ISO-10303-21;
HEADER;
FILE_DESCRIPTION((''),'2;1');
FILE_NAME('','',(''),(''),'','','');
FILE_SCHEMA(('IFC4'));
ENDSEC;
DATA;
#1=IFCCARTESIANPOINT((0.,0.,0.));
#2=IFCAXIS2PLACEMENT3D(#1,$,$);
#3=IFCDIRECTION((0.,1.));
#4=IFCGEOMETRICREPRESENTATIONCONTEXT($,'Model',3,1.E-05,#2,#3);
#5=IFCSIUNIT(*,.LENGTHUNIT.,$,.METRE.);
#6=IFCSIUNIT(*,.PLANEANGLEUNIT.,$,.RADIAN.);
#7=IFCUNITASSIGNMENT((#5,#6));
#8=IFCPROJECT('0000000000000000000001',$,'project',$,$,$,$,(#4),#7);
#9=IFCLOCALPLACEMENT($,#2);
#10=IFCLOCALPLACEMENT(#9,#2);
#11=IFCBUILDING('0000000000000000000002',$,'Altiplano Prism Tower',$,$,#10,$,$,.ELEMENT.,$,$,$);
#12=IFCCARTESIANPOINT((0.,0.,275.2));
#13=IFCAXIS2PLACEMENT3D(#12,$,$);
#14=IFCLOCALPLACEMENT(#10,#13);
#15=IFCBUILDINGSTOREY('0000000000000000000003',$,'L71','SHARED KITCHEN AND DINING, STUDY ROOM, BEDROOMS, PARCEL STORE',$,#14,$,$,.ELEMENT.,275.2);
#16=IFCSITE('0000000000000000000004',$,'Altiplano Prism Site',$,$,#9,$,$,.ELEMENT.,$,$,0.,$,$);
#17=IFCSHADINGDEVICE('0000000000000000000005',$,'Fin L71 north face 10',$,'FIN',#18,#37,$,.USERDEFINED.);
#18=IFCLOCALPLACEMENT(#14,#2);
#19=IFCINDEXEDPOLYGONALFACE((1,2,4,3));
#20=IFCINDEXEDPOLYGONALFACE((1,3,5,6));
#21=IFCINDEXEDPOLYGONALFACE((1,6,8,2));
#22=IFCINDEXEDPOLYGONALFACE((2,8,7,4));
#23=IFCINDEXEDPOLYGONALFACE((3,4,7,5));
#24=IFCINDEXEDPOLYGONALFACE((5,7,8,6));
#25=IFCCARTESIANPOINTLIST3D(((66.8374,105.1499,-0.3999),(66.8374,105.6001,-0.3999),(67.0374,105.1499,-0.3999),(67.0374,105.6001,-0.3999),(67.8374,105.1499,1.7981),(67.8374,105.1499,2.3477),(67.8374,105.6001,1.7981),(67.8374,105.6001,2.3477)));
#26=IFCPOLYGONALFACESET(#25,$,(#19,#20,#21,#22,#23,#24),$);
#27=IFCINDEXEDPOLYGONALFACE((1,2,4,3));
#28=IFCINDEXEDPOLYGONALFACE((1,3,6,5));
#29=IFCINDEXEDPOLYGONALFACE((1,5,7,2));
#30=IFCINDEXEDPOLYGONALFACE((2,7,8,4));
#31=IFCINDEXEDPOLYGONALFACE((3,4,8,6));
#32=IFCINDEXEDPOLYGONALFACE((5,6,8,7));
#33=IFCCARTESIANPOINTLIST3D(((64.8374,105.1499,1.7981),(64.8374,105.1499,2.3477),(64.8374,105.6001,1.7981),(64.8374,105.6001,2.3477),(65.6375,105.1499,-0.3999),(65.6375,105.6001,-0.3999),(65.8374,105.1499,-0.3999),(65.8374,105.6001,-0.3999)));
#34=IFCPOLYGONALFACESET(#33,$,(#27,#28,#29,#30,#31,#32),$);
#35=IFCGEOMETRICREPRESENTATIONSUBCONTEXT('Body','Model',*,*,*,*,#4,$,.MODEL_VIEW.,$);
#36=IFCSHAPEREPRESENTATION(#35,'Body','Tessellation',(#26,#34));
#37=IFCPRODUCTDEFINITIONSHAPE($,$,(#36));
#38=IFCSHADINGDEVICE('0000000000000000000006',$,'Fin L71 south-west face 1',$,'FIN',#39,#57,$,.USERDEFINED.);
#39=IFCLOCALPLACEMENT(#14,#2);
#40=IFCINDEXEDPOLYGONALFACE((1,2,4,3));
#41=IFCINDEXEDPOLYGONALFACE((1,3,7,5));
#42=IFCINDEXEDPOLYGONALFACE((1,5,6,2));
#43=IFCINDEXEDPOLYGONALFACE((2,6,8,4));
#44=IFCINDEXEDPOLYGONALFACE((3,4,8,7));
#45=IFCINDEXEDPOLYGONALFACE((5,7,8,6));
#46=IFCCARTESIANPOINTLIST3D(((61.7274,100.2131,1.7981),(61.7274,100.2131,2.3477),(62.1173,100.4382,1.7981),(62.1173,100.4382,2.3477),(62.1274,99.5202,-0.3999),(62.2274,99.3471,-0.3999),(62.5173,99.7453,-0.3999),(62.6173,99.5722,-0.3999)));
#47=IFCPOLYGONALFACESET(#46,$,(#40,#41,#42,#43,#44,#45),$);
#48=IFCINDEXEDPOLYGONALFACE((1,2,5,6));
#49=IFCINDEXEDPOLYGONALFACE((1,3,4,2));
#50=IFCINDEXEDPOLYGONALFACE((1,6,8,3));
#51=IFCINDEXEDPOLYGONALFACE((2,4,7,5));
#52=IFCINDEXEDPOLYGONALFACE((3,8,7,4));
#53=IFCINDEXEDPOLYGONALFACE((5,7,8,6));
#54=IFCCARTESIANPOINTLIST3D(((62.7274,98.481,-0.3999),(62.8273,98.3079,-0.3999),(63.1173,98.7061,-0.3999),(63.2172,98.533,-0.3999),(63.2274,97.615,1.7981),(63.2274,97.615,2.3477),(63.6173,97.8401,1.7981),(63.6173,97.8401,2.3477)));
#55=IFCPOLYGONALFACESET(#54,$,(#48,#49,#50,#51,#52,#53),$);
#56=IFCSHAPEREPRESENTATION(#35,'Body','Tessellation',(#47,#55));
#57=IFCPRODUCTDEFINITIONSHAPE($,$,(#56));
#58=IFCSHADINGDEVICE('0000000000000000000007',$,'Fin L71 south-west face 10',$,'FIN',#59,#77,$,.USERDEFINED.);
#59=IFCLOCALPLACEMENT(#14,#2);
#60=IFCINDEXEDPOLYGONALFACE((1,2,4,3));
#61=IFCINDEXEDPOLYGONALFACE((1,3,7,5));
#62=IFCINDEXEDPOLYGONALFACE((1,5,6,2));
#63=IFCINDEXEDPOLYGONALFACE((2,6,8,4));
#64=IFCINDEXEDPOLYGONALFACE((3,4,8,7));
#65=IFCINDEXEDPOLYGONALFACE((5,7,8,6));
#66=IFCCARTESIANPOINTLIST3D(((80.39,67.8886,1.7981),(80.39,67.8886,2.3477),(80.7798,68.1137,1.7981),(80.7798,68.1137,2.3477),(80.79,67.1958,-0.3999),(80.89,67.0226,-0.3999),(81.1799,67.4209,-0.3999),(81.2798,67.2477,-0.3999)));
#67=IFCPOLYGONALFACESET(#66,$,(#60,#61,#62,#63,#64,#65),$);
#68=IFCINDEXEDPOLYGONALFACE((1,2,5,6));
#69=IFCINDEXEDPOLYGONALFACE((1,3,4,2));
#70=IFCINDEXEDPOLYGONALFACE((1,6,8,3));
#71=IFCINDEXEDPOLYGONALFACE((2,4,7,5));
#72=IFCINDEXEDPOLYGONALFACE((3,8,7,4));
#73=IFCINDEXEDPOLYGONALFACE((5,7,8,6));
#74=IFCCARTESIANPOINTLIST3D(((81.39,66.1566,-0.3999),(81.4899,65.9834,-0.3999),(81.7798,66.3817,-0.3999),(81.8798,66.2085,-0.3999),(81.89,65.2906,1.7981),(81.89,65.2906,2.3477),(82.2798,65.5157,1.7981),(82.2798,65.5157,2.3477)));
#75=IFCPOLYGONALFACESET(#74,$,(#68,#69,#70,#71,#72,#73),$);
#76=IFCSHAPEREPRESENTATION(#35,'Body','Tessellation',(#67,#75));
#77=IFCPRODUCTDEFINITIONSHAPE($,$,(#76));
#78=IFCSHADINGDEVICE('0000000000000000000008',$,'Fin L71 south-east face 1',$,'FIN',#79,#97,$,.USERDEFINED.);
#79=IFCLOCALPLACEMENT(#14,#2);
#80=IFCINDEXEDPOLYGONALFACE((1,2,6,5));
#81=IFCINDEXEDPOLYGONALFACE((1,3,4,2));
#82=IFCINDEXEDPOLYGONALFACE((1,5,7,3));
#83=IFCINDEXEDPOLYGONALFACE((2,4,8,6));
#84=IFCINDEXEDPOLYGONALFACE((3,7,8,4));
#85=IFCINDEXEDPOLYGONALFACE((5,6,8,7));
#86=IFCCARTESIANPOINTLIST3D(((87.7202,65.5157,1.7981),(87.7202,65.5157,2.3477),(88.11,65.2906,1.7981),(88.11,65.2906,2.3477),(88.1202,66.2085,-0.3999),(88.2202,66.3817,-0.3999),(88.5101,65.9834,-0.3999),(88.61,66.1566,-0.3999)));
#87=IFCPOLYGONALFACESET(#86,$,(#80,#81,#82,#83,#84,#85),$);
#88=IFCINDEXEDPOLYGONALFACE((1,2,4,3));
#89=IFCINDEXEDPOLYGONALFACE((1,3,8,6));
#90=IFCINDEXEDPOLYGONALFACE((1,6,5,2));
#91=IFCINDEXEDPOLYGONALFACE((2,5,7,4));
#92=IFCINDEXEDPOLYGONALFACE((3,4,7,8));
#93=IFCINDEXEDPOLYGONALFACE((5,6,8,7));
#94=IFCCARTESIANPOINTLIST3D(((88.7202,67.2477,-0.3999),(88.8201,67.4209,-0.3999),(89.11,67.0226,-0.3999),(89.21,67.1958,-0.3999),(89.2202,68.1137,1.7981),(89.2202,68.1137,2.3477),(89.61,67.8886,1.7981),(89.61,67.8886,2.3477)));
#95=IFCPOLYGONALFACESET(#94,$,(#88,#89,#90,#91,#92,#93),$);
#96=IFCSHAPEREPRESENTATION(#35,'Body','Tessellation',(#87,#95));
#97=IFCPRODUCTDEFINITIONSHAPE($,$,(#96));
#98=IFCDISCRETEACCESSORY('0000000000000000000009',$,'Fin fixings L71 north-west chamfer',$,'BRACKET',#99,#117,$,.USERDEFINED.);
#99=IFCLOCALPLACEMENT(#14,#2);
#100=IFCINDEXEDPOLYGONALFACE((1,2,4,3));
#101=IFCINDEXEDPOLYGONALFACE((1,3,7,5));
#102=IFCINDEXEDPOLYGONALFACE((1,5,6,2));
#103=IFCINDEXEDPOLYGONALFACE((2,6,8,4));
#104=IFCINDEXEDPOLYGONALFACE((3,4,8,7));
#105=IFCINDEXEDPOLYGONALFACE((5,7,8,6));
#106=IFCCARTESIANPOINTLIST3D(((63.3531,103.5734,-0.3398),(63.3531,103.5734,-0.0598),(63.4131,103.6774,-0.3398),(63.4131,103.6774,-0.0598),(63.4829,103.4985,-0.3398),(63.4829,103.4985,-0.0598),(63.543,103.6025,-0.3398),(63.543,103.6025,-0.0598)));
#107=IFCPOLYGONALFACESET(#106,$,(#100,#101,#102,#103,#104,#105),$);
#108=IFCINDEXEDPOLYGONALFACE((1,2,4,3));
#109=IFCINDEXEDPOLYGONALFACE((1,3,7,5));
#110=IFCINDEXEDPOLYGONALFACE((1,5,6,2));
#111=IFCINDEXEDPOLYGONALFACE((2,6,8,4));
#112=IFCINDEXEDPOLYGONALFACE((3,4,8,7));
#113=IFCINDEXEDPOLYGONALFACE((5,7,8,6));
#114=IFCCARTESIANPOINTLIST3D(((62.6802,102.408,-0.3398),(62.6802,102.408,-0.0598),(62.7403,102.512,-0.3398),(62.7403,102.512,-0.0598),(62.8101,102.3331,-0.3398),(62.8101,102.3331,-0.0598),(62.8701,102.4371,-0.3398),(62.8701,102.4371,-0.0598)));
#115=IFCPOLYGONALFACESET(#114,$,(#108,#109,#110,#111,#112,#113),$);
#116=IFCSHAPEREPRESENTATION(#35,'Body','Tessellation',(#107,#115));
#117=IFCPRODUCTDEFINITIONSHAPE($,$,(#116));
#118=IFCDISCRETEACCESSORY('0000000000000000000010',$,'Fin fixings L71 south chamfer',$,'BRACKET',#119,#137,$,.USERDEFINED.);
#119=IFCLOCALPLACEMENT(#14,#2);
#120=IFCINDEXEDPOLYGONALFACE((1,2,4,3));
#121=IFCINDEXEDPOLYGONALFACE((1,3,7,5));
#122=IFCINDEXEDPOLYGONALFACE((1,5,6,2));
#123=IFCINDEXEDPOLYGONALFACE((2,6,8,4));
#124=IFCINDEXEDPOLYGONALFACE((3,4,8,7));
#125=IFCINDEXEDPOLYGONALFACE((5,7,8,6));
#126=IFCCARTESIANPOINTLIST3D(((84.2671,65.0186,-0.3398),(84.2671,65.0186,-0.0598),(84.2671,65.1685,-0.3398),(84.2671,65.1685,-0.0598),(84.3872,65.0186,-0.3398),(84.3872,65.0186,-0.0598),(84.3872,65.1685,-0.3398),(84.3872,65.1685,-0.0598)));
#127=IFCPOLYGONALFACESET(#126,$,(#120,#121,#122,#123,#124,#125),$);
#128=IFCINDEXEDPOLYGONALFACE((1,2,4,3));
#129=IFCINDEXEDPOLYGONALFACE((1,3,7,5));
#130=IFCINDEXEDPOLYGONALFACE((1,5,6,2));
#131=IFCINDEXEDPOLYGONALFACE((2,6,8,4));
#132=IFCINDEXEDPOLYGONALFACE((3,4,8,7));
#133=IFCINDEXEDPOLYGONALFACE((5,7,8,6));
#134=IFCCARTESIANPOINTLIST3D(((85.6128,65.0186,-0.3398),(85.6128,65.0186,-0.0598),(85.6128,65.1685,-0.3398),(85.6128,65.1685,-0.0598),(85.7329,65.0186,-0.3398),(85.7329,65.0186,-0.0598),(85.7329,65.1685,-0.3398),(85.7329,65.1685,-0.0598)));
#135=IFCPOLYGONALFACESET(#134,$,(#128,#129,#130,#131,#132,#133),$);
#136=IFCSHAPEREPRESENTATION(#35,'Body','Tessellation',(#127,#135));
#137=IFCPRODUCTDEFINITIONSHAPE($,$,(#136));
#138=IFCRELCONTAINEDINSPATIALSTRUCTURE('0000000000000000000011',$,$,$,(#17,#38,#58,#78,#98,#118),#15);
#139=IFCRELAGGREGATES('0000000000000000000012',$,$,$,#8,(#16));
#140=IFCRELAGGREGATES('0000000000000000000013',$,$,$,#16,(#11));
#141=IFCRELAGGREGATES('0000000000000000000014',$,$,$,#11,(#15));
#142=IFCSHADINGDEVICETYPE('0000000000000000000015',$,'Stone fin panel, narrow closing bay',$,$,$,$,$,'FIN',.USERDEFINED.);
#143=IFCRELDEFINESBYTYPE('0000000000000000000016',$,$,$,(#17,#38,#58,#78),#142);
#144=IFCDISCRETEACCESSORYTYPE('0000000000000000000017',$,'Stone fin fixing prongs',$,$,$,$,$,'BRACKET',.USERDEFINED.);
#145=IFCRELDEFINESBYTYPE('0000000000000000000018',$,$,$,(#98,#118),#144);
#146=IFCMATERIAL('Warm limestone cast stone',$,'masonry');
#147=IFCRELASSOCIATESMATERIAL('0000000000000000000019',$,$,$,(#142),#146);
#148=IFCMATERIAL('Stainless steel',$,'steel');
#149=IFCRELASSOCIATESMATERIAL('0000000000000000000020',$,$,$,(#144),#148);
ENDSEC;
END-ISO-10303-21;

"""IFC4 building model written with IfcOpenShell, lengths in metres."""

from ifc_helpers import new_model, si_unit, direction, frame, origin, place, context, subcontext, project, spatial, polyline, outline, extrude, source, transform, mapped, material, type_object, element, save


model = new_model("IFC4")

# Units and contexts
model_context = context("Model", 3, precision=1e-05, world=origin(), true_north=direction((0.0, 1.0)))
body_context = subcontext(model_context, "Body", "Model", "MODEL_VIEW")
ifc_project = project(units=[si_unit("LENGTHUNIT", "METRE"), si_unit("PLANEANGLEUNIT", "RADIAN")], contexts=[model_context])

# Site, building, storey
site_placement = place(None, origin())
site = spatial("IfcSite", under=ifc_project, at=site_placement, Name="Altiplano Prism Site", CompositionType="ELEMENT", RefElevation=0.0)
building_placement = place(site_placement, origin())
building = spatial("IfcBuilding", under=site, at=building_placement, Name="Altiplano Prism Tower", CompositionType="ELEMENT")
storey_placement = place(building_placement, frame((0.0, 0.0, 275.2)))
storey = spatial("IfcBuildingStorey", under=building, at=storey_placement, Name="L71", Description="SHARED KITCHEN AND DINING, STUDY ROOM, BEDROOMS, PARCEL STORE", CompositionType="ELEMENT", Elevation=275.2)

# Shading devices
ifc_material_1 = material(Name="Warm limestone cast stone", Category="masonry")
shading_device_type_1 = type_object("IfcShadingDeviceType", Name="Stone fin panel, narrow closing bay", ElementType="FIN", PredefinedType="USERDEFINED", material=ifc_material_1)
shared_shape_1 = source(origin(), body_context, "Body", "SweptSolid", [
    extrude(outline(polyline([(-1.5, 2.7476), (-1.5, 2.198), (-0.7, 0.0), (-0.5, 0.0), (-1.5, 2.7476)])), frame((0.0, -0.1499, 0.0), z_axis=(0.0, -1.0, 0.0), x_axis=(1.0, 0.0, 0.0)), (0.0, 0.0, 1.0), 0.4502),
    extrude(outline(polyline([(1.5, 2.198), (1.5, 2.7476), (0.5, 0.0), (0.7, 0.0), (1.5, 2.198)])), frame((0.0, -0.1499, 0.0), z_axis=(0.0, -1.0, 0.0), x_axis=(1.0, 0.0, 0.0)), (0.0, 0.0, 1.0), 0.4502),
])
shading_device_1_placement = place(storey_placement, origin())
element("IfcShadingDevice", 1, at=shading_device_1_placement, inside=storey, type_object=shading_device_type_1, Name="Fin L71 north face 10", ObjectType="FIN", PredefinedType="USERDEFINED", context=body_context, shape_type="MappedRepresentation", body=[
    mapped(shared_shape_1, transform((66.3374, 105.0, -0.3999), x_axis=(-1.0, 0.0, 0.0), y_axis=(0.0, -1.0, 0.0), z_axis=(0.0, 0.0, 1.0))),
])
shading_device_2_placement = place(storey_placement, origin())
element("IfcShadingDevice", 2, at=shading_device_2_placement, inside=storey, type_object=shading_device_type_1, Name="Fin L71 south-west face 1", ObjectType="FIN", PredefinedType="USERDEFINED", context=body_context, shape_type="MappedRepresentation", body=[
    mapped(shared_shape_1, transform((62.9971, 99.2141, -0.3999), x_axis=(0.5, -0.866025, 0.0), y_axis=(0.866025, 0.5, 0.0), z_axis=(0.0, 0.0, 1.0))),
])
shading_device_3_placement = place(storey_placement, origin())
element("IfcShadingDevice", 3, at=shading_device_3_placement, inside=storey, type_object=shading_device_type_1, Name="Fin L71 south-west face 10", ObjectType="FIN", PredefinedType="USERDEFINED", context=body_context, shape_type="MappedRepresentation", body=[
    mapped(shared_shape_1, transform((81.6597, 66.8896, -0.3999), x_axis=(0.5, -0.866025, 0.0), y_axis=(0.866025, 0.5, 0.0), z_axis=(0.0, 0.0, 1.0))),
])
shading_device_4_placement = place(storey_placement, origin())
element("IfcShadingDevice", 4, at=shading_device_4_placement, inside=storey, type_object=shading_device_type_1, Name="Fin L71 south-east face 1", ObjectType="FIN", PredefinedType="USERDEFINED", context=body_context, shape_type="MappedRepresentation", body=[
    mapped(shared_shape_1, transform((88.3403, 66.8896, -0.3999), x_axis=(0.5, 0.866025, 0.0), y_axis=(-0.866025, 0.5, 0.0), z_axis=(0.0, 0.0, 1.0))),
])

# Discrete accessories
ifc_material_2 = material(Name="Stainless steel", Category="steel")
discrete_accessory_type = type_object("IfcDiscreteAccessoryType", Name="Stone fin fixing prongs", ElementType="BRACKET", PredefinedType="USERDEFINED", material=ifc_material_2)
shared_shape_2 = source(origin(), body_context, "Body", "SweptSolid", [
    extrude(outline(polyline([(-0.7329, 0.0601), (-0.6128, 0.0601), (-0.6128, 0.3401), (-0.7329, 0.3401), (-0.7329, 0.0601)])), frame((0.0, 0.0, 0.0), z_axis=(0.0, -1.0, 0.0), x_axis=(1.0, 0.0, 0.0)), (0.0, 0.0, 1.0), 0.1499),
    extrude(outline(polyline([(0.6128, 0.0601), (0.7329, 0.0601), (0.7329, 0.3401), (0.6128, 0.3401), (0.6128, 0.0601)])), frame((0.0, 0.0, 0.0), z_axis=(0.0, -1.0, 0.0), x_axis=(1.0, 0.0, 0.0)), (0.0, 0.0, 1.0), 0.1499),
])
discrete_accessory_1_placement = place(storey_placement, origin())
element("IfcDiscreteAccessory", 5, at=discrete_accessory_1_placement, inside=storey, type_object=discrete_accessory_type, Name="Fin fixings L71 north-west chamfer", ObjectType="BRACKET", PredefinedType="USERDEFINED", context=body_context, shape_type="MappedRepresentation", body=[
    mapped(shared_shape_2, transform((63.1765, 102.9678, -0.3999), x_axis=(-0.5, -0.866025, 0.0), y_axis=(0.866025, -0.5, 0.0), z_axis=(0.0, 0.0, 1.0))),
])
discrete_accessory_2_placement = place(storey_placement, origin())
element("IfcDiscreteAccessory", 6, at=discrete_accessory_2_placement, inside=storey, type_object=discrete_accessory_type, Name="Fin fixings L71 south chamfer", ObjectType="BRACKET", PredefinedType="USERDEFINED", context=body_context, shape_type="MappedRepresentation", body=[
    mapped(shared_shape_2, transform((85.0, 65.1685, -0.3999), x_axis=(1.0, 0.0, 0.0), y_axis=(0.0, 1.0, 0.0), z_axis=(0.0, 0.0, 1.0))),
])

save(model, "model.ifc")
